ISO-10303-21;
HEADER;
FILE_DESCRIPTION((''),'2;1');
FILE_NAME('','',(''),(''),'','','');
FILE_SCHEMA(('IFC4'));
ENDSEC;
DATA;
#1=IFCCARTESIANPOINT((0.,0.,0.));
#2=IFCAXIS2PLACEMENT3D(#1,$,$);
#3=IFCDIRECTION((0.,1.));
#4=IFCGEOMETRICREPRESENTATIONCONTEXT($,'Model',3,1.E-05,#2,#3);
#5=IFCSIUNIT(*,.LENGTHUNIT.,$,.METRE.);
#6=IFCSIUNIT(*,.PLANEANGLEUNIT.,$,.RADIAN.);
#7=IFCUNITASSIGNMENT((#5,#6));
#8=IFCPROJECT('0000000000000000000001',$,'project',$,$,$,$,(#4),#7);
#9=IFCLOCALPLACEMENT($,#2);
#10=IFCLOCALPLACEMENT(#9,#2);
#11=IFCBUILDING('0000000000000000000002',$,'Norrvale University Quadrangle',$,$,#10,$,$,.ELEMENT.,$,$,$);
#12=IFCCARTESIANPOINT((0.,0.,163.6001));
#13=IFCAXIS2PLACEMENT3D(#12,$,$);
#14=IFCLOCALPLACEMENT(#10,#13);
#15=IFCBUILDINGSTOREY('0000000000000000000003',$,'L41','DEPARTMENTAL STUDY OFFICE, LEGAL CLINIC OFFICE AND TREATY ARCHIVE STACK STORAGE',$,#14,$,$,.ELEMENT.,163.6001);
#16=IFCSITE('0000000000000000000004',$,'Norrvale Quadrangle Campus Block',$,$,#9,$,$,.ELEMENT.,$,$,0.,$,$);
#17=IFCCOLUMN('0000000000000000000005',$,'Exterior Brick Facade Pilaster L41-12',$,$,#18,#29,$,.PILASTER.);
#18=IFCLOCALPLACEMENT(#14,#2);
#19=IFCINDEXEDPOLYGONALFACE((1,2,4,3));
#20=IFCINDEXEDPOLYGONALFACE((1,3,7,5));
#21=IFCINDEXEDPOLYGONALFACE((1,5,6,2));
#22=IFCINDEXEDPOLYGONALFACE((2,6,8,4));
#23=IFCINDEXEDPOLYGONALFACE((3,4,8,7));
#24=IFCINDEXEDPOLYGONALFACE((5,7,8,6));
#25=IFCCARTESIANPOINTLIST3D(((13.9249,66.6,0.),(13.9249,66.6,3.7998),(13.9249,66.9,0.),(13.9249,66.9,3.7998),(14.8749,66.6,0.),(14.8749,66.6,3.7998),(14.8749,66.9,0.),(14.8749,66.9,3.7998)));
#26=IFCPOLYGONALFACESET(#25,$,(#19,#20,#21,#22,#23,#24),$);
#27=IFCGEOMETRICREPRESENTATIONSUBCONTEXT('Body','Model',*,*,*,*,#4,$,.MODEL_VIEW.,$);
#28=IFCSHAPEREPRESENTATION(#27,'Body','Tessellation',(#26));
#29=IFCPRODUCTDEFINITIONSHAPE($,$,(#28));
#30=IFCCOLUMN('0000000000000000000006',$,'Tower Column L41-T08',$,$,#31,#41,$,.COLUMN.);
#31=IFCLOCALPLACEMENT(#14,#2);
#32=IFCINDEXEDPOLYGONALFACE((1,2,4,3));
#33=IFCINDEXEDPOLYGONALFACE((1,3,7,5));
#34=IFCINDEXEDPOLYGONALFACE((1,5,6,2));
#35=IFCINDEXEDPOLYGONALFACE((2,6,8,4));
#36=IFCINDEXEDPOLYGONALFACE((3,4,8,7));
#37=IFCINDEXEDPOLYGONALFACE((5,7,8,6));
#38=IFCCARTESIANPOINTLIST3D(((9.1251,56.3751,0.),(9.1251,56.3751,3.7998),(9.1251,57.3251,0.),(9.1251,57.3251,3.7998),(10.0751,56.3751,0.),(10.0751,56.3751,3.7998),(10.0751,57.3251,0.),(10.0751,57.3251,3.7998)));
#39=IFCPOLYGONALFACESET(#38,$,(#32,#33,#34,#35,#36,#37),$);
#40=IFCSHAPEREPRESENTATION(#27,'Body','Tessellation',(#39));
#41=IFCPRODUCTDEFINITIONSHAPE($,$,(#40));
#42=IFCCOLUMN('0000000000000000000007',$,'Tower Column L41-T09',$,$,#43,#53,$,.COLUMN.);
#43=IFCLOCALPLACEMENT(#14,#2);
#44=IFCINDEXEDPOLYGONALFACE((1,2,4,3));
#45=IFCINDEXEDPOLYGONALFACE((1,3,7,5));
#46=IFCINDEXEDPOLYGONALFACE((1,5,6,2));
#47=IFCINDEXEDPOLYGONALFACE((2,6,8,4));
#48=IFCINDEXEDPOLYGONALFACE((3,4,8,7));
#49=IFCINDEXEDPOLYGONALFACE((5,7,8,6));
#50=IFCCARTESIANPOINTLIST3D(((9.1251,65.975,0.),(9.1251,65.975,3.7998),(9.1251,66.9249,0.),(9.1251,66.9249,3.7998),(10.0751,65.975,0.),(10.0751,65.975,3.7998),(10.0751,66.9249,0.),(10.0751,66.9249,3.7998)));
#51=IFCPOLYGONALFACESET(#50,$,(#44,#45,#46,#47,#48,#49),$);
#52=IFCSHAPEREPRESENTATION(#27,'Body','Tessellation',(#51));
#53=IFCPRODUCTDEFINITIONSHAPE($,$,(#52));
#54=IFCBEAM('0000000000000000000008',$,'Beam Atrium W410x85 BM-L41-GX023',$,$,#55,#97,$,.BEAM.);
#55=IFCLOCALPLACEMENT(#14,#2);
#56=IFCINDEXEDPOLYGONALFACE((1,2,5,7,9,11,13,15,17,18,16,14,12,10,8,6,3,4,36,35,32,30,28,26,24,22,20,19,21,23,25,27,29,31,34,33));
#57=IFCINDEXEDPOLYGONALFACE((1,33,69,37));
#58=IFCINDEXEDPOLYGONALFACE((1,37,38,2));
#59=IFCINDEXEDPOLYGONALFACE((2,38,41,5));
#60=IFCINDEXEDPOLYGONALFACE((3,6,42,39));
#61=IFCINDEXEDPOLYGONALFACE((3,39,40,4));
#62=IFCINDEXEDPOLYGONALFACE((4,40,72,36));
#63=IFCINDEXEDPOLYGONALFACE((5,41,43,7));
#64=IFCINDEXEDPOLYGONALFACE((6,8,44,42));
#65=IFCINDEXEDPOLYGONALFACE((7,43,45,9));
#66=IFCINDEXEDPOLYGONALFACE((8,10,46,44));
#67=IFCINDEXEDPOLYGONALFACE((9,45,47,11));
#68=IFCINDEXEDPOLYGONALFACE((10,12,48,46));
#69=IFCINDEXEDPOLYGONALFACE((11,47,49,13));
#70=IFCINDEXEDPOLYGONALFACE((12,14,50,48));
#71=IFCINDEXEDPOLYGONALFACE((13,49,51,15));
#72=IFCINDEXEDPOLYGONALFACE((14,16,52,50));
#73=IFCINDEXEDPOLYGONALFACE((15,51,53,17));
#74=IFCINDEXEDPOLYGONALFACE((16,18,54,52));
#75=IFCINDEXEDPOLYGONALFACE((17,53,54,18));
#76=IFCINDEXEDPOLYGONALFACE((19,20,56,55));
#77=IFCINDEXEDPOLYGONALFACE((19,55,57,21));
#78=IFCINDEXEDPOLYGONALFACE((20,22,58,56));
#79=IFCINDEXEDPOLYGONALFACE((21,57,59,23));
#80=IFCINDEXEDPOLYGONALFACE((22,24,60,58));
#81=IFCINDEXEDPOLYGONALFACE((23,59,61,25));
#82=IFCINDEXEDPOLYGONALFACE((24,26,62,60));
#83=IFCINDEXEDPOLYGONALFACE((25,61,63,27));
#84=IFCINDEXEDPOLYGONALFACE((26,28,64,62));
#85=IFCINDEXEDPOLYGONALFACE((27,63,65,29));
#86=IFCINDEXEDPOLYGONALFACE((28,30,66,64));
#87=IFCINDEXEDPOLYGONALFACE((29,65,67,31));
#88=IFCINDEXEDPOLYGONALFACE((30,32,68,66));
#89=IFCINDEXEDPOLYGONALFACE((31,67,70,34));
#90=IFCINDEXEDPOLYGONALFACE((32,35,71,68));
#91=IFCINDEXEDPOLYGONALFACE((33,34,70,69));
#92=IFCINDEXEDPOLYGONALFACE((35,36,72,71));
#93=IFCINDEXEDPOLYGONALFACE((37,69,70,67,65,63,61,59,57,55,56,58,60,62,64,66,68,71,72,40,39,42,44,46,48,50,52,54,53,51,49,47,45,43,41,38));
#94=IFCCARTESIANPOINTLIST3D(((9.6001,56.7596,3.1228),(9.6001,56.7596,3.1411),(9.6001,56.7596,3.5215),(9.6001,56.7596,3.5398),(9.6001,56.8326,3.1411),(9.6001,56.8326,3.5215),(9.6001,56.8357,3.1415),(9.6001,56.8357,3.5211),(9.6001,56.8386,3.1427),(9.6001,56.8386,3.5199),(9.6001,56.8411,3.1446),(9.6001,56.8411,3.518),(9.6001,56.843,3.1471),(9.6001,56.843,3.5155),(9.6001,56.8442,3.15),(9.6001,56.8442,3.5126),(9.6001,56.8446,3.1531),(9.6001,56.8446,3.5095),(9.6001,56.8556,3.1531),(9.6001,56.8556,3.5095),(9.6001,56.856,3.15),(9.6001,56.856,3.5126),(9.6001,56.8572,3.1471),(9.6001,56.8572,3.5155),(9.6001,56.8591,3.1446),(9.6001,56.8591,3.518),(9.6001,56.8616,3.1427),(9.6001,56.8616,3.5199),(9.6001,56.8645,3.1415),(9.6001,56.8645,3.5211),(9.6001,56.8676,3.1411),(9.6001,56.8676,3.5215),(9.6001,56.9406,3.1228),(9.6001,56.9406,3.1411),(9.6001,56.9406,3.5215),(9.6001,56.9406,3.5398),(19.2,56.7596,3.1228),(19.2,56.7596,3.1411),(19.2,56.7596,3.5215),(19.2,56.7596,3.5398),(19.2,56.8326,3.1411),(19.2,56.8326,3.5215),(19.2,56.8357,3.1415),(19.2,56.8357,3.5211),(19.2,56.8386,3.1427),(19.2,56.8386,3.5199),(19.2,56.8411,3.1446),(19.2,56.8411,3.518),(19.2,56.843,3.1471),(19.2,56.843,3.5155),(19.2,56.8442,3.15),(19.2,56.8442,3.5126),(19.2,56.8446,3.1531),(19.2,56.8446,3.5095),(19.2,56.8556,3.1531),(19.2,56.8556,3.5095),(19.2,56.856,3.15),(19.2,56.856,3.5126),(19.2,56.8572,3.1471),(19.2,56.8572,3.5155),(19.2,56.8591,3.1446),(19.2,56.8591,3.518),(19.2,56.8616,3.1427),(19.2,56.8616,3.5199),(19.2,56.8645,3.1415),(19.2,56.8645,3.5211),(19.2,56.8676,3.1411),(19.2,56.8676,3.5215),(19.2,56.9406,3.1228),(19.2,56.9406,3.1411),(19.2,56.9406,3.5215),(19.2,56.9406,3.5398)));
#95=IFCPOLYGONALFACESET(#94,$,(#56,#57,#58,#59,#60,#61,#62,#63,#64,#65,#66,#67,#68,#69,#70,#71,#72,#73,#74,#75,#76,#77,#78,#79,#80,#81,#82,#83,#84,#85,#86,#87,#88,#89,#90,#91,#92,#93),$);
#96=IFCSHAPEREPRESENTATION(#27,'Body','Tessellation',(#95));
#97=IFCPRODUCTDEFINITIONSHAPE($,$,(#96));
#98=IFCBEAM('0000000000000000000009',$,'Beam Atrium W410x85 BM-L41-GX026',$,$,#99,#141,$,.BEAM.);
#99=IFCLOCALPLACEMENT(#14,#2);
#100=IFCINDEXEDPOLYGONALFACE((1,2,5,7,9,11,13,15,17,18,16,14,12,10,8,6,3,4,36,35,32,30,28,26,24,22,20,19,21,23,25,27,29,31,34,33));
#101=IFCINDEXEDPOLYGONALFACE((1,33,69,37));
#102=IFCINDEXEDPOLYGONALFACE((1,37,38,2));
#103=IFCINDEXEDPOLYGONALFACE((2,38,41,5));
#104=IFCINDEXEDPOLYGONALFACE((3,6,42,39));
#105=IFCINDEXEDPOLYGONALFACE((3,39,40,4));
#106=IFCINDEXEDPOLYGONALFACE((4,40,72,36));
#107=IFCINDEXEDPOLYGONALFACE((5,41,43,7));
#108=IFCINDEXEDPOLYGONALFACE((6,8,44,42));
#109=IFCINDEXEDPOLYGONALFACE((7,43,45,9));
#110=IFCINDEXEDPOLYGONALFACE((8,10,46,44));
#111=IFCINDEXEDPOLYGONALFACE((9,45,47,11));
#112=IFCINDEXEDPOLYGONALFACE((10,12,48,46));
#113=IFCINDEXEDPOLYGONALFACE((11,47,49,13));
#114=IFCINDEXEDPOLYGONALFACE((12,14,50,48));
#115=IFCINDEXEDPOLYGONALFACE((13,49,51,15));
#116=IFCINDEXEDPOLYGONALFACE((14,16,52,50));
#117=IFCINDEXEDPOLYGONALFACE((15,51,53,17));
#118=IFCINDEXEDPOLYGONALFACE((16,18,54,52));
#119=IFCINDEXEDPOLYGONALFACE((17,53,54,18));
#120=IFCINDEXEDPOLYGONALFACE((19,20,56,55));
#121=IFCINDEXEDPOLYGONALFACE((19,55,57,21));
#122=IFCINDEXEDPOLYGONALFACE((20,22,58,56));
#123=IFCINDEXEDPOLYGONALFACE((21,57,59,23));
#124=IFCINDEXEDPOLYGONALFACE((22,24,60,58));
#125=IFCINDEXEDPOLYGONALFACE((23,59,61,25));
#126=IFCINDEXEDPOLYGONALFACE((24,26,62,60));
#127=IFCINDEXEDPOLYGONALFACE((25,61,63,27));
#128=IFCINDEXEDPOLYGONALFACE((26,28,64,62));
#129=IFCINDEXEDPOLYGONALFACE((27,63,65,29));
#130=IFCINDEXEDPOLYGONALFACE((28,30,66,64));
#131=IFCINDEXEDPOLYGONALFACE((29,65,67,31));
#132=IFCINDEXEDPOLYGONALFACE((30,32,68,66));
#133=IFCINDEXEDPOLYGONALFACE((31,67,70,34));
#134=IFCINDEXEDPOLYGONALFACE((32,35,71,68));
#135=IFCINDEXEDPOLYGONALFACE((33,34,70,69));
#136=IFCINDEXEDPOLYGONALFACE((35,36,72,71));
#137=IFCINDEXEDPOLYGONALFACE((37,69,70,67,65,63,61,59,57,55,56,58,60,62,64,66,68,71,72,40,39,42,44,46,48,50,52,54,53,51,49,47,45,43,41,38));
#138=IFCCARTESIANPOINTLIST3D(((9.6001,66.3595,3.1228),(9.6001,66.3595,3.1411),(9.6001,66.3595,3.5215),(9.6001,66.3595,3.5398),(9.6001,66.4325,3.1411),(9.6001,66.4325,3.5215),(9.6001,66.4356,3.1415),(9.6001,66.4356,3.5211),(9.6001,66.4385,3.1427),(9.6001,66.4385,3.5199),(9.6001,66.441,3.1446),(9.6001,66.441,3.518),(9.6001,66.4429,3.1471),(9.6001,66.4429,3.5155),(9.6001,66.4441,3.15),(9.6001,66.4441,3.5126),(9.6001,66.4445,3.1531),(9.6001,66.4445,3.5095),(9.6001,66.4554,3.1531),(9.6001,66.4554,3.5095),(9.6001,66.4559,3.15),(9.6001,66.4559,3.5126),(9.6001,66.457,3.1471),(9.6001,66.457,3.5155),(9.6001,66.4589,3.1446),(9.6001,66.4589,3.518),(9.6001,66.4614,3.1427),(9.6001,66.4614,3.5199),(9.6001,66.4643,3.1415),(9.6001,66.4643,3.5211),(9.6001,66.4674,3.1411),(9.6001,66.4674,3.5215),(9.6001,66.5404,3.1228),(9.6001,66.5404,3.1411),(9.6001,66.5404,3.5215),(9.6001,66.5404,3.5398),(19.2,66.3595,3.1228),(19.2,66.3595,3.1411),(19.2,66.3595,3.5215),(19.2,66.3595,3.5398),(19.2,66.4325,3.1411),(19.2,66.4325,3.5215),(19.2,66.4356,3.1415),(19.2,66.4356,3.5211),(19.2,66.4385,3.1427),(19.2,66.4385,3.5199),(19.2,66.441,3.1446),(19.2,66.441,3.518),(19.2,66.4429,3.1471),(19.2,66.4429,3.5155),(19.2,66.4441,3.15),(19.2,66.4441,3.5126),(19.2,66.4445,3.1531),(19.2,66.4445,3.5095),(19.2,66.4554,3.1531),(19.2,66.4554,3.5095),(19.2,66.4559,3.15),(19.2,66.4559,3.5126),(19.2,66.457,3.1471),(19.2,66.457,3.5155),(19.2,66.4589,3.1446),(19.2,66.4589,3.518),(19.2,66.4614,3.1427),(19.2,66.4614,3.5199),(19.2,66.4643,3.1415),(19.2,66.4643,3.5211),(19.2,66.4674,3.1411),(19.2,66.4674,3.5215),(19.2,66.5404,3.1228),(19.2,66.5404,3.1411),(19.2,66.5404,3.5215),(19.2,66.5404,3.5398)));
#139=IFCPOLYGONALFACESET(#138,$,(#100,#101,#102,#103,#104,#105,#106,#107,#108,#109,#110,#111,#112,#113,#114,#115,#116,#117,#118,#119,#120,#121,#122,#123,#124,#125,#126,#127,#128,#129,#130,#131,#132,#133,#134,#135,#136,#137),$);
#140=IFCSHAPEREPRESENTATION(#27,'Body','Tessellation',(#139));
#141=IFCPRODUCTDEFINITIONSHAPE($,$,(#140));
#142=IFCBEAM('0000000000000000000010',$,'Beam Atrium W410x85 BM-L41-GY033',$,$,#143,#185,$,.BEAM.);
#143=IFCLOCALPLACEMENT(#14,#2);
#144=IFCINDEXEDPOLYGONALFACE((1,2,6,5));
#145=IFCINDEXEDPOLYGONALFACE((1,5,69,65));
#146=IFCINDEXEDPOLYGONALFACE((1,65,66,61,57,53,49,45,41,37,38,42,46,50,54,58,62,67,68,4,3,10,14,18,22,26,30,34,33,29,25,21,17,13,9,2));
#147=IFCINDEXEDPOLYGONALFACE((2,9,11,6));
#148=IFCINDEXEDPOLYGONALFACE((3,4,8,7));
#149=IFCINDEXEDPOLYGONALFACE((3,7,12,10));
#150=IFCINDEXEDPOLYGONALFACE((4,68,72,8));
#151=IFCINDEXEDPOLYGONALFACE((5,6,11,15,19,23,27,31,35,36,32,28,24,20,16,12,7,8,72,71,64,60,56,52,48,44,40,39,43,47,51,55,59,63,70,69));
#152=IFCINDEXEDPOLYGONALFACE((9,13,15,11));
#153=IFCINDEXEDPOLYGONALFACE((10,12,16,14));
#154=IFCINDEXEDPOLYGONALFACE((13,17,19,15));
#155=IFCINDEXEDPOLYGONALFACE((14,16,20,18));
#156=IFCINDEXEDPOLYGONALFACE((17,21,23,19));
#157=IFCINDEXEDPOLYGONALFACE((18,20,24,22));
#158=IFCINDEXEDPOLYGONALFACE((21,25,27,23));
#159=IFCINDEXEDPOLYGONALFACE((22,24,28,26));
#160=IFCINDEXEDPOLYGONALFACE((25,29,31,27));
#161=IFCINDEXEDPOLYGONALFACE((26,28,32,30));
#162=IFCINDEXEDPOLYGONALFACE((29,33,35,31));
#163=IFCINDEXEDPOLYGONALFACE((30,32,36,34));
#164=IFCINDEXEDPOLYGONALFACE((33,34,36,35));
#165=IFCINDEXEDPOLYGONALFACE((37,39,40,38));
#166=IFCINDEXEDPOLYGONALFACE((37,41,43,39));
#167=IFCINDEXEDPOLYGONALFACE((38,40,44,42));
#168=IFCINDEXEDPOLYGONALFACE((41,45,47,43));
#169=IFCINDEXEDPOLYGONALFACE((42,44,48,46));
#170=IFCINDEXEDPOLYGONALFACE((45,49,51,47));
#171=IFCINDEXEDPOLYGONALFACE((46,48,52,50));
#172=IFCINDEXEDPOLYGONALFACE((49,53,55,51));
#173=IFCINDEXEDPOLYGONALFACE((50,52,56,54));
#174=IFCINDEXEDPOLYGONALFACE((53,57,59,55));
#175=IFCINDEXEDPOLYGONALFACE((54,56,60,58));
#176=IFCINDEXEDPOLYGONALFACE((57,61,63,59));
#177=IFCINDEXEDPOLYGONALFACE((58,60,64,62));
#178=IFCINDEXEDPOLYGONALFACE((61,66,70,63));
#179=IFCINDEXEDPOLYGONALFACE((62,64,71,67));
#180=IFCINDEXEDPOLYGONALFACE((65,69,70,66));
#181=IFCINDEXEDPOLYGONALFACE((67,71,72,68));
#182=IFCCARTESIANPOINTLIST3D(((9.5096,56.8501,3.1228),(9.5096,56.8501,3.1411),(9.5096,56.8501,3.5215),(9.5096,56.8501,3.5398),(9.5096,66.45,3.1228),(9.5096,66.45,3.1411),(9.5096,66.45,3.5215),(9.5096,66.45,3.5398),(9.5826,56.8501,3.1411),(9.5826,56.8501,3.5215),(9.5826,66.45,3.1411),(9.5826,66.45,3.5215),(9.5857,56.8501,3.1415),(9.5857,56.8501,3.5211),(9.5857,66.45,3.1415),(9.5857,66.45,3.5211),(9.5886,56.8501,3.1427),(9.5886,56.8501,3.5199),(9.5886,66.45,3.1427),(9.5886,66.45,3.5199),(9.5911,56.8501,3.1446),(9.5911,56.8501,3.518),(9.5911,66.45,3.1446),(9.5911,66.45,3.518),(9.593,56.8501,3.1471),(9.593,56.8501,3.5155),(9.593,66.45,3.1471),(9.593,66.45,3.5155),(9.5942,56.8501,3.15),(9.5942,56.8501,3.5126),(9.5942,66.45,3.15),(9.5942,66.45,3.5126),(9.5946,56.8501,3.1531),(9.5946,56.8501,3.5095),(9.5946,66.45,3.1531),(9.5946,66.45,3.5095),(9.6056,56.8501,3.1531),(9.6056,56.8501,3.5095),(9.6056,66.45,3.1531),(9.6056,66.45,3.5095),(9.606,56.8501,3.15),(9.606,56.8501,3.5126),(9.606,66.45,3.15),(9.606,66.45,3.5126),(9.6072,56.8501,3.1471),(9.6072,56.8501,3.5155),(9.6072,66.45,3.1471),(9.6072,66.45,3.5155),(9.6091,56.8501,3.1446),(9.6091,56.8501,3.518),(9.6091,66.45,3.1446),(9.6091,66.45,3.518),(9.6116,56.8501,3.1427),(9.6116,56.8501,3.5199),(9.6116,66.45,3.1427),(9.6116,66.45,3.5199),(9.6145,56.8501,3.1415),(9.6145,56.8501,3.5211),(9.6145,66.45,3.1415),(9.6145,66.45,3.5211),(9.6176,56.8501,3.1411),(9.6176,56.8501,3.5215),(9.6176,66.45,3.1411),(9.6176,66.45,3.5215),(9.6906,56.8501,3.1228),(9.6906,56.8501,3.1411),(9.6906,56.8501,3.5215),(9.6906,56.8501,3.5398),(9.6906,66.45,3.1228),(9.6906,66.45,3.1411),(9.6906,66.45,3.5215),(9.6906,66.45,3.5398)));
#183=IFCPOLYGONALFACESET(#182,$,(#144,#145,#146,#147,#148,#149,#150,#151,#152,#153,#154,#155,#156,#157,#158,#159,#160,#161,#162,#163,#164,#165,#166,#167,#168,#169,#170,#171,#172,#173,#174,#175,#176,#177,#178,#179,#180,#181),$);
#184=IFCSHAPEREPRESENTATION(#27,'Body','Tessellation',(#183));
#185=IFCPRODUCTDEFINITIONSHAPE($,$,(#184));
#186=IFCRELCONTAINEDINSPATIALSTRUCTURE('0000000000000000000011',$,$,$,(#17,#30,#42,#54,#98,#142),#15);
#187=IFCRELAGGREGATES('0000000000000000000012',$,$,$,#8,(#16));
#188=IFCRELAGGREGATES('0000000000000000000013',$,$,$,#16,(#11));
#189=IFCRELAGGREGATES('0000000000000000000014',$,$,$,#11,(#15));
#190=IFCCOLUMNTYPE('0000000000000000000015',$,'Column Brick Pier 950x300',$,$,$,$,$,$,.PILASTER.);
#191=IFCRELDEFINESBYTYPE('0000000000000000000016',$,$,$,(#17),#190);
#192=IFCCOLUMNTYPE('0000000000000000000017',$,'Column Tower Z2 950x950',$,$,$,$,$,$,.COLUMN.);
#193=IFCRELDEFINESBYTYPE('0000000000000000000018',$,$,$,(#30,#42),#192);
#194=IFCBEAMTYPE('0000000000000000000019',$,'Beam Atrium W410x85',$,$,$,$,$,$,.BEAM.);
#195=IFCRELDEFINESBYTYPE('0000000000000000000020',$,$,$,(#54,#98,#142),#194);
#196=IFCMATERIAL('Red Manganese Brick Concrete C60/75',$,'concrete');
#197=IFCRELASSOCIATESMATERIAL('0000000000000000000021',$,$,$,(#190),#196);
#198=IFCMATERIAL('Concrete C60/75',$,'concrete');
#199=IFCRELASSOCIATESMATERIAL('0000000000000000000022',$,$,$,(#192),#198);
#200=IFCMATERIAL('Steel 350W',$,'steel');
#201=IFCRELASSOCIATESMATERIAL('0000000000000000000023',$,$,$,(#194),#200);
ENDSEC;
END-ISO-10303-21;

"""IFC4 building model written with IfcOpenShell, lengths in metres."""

from ifc_helpers import new_model, si_unit, direction, frame, origin, origin_2d, place, context, subcontext, project, spatial, rectangle, i_section, extrude, material, material_profile, profile_set, type_object, element, save


model = new_model("IFC4")

# Units and contexts
model_context = context("Model", 3, precision=1e-05, world=origin(), true_north=direction((0.0, 1.0)))
body_context = subcontext(model_context, "Body", "Model", "MODEL_VIEW")
ifc_project = project(units=[si_unit("LENGTHUNIT", "METRE"), si_unit("PLANEANGLEUNIT", "RADIAN")], contexts=[model_context])

# Site, building, storey
site_placement = place(None, origin())
site = spatial("IfcSite", under=ifc_project, at=site_placement, Name="Norrvale Quadrangle Campus Block", CompositionType="ELEMENT", RefElevation=0.0)
building_placement = place(site_placement, origin())
building = spatial("IfcBuilding", under=site, at=building_placement, Name="Norrvale University Quadrangle", CompositionType="ELEMENT")
storey_placement = place(building_placement, frame((0.0, 0.0, 163.6001)))
storey = spatial("IfcBuildingStorey", under=building, at=storey_placement, Name="L41", Description="DEPARTMENTAL STUDY OFFICE, LEGAL CLINIC OFFICE AND TREATY ARCHIVE STACK STORAGE", CompositionType="ELEMENT", Elevation=163.6001)

# Columns
ifc_material_1 = material(Name="Red Manganese Brick Concrete C60/75", Category="concrete")
ifc_material_profile_1 = material_profile(ifc_material_1, rectangle(XDim=0.95, YDim=0.3, at=origin_2d()), Name="Red Manganese Brick Concrete C60/75")
ifc_profile_set_1 = profile_set([ifc_material_profile_1], Name="Red Manganese Brick Concrete C60/75")
column_type_1 = type_object("IfcColumnType", Name="Column Brick Pier 950x300", PredefinedType="PILASTER", material=ifc_profile_set_1)
column_placement = place(storey_placement, frame((14.3999, 66.75, 0.0), z_axis=(0.0, 0.0, 1.0), x_axis=(1.0, 0.0, 0.0)))
element("IfcColumn", 1, at=column_placement, inside=storey, type_object=column_type_1, Name="Exterior Brick Facade Pilaster L41-12", PredefinedType="PILASTER", context=body_context, shape_type="SweptSolid", body=[
    extrude(rectangle(XDim=0.95, YDim=0.3, at=origin_2d()), origin(), (0.0, 0.0, 1.0), 3.7998),
])
ifc_material_2 = material(Name="Concrete C60/75", Category="concrete")
ifc_material_profile_2 = material_profile(ifc_material_2, rectangle(XDim=0.95, YDim=0.95, at=origin_2d()), Name="Concrete C60/75")
ifc_profile_set_2 = profile_set([ifc_material_profile_2], Name="Concrete C60/75")
column_type_2 = type_object("IfcColumnType", Name="Column Tower Z2 950x950", PredefinedType="COLUMN", material=ifc_profile_set_2)
for number, where, z_axis, x_axis, name in (
    (2, (9.6001, 56.8501, 0.0), (0.0, 0.0, 1.0), (1.0, 0.0, 0.0), "Tower Column L41-T08"),
    (3, (9.6001, 66.45, 0.0), (0.0, 0.0, 1.0), (1.0, 0.0, 0.0), "Tower Column L41-T09"),
):
    element("IfcColumn", number, at=place(storey_placement, frame(where, z_axis=z_axis, x_axis=x_axis)), inside=storey, type_object=column_type_2, Name=name, PredefinedType="COLUMN", context=body_context, shape_type="SweptSolid", body=[
        extrude(rectangle(XDim=0.95, YDim=0.95, at=origin_2d()), origin(), (0.0, 0.0, 1.0), 3.7998),
    ])

# Beams
ifc_material_3 = material(Name="Steel 350W", Category="steel")
ifc_material_profile_3 = material_profile(ifc_material_3, i_section(OverallWidth=0.1809, OverallDepth=0.417, WebThickness=0.011, FlangeThickness=0.0183, FilletRadius=0.012, at=origin_2d()), Name="Steel 350W")
ifc_profile_set_3 = profile_set([ifc_material_profile_3], Name="Steel 350W")
beam_type_1 = type_object("IfcBeamType", Name="Beam Atrium W410x85", PredefinedType="BEAM", material=ifc_profile_set_3)
for number, where, z_axis, x_axis, name in (
    (4, (9.6001, 56.8501, 3.3313), (1.0, 0.0, 0.0), (0.0, 1.0, 0.0), "Beam Atrium W410x85 BM-L41-GX023"),
    (5, (9.6001, 66.45, 3.3313), (1.0, 0.0, 0.0), (0.0, 1.0, 0.0), "Beam Atrium W410x85 BM-L41-GX026"),
    (6, (9.6001, 56.8501, 3.3313), (0.0, 1.0, 0.0), (-1.0, 0.0, 0.0), "Beam Atrium W410x85 BM-L41-GY033"),
):
    element("IfcBeam", number, at=place(storey_placement, frame(where, z_axis=z_axis, x_axis=x_axis)), inside=storey, type_object=beam_type_1, Name=name, PredefinedType="BEAM", context=body_context, shape_type="SweptSolid", body=[
        extrude(i_section(OverallWidth=0.1809, OverallDepth=0.417, WebThickness=0.011, FlangeThickness=0.0183, FilletRadius=0.012, at=origin_2d()), origin(), (0.0, 0.0, 1.0), 9.5999),
    ])

save(model, "model.ifc")
